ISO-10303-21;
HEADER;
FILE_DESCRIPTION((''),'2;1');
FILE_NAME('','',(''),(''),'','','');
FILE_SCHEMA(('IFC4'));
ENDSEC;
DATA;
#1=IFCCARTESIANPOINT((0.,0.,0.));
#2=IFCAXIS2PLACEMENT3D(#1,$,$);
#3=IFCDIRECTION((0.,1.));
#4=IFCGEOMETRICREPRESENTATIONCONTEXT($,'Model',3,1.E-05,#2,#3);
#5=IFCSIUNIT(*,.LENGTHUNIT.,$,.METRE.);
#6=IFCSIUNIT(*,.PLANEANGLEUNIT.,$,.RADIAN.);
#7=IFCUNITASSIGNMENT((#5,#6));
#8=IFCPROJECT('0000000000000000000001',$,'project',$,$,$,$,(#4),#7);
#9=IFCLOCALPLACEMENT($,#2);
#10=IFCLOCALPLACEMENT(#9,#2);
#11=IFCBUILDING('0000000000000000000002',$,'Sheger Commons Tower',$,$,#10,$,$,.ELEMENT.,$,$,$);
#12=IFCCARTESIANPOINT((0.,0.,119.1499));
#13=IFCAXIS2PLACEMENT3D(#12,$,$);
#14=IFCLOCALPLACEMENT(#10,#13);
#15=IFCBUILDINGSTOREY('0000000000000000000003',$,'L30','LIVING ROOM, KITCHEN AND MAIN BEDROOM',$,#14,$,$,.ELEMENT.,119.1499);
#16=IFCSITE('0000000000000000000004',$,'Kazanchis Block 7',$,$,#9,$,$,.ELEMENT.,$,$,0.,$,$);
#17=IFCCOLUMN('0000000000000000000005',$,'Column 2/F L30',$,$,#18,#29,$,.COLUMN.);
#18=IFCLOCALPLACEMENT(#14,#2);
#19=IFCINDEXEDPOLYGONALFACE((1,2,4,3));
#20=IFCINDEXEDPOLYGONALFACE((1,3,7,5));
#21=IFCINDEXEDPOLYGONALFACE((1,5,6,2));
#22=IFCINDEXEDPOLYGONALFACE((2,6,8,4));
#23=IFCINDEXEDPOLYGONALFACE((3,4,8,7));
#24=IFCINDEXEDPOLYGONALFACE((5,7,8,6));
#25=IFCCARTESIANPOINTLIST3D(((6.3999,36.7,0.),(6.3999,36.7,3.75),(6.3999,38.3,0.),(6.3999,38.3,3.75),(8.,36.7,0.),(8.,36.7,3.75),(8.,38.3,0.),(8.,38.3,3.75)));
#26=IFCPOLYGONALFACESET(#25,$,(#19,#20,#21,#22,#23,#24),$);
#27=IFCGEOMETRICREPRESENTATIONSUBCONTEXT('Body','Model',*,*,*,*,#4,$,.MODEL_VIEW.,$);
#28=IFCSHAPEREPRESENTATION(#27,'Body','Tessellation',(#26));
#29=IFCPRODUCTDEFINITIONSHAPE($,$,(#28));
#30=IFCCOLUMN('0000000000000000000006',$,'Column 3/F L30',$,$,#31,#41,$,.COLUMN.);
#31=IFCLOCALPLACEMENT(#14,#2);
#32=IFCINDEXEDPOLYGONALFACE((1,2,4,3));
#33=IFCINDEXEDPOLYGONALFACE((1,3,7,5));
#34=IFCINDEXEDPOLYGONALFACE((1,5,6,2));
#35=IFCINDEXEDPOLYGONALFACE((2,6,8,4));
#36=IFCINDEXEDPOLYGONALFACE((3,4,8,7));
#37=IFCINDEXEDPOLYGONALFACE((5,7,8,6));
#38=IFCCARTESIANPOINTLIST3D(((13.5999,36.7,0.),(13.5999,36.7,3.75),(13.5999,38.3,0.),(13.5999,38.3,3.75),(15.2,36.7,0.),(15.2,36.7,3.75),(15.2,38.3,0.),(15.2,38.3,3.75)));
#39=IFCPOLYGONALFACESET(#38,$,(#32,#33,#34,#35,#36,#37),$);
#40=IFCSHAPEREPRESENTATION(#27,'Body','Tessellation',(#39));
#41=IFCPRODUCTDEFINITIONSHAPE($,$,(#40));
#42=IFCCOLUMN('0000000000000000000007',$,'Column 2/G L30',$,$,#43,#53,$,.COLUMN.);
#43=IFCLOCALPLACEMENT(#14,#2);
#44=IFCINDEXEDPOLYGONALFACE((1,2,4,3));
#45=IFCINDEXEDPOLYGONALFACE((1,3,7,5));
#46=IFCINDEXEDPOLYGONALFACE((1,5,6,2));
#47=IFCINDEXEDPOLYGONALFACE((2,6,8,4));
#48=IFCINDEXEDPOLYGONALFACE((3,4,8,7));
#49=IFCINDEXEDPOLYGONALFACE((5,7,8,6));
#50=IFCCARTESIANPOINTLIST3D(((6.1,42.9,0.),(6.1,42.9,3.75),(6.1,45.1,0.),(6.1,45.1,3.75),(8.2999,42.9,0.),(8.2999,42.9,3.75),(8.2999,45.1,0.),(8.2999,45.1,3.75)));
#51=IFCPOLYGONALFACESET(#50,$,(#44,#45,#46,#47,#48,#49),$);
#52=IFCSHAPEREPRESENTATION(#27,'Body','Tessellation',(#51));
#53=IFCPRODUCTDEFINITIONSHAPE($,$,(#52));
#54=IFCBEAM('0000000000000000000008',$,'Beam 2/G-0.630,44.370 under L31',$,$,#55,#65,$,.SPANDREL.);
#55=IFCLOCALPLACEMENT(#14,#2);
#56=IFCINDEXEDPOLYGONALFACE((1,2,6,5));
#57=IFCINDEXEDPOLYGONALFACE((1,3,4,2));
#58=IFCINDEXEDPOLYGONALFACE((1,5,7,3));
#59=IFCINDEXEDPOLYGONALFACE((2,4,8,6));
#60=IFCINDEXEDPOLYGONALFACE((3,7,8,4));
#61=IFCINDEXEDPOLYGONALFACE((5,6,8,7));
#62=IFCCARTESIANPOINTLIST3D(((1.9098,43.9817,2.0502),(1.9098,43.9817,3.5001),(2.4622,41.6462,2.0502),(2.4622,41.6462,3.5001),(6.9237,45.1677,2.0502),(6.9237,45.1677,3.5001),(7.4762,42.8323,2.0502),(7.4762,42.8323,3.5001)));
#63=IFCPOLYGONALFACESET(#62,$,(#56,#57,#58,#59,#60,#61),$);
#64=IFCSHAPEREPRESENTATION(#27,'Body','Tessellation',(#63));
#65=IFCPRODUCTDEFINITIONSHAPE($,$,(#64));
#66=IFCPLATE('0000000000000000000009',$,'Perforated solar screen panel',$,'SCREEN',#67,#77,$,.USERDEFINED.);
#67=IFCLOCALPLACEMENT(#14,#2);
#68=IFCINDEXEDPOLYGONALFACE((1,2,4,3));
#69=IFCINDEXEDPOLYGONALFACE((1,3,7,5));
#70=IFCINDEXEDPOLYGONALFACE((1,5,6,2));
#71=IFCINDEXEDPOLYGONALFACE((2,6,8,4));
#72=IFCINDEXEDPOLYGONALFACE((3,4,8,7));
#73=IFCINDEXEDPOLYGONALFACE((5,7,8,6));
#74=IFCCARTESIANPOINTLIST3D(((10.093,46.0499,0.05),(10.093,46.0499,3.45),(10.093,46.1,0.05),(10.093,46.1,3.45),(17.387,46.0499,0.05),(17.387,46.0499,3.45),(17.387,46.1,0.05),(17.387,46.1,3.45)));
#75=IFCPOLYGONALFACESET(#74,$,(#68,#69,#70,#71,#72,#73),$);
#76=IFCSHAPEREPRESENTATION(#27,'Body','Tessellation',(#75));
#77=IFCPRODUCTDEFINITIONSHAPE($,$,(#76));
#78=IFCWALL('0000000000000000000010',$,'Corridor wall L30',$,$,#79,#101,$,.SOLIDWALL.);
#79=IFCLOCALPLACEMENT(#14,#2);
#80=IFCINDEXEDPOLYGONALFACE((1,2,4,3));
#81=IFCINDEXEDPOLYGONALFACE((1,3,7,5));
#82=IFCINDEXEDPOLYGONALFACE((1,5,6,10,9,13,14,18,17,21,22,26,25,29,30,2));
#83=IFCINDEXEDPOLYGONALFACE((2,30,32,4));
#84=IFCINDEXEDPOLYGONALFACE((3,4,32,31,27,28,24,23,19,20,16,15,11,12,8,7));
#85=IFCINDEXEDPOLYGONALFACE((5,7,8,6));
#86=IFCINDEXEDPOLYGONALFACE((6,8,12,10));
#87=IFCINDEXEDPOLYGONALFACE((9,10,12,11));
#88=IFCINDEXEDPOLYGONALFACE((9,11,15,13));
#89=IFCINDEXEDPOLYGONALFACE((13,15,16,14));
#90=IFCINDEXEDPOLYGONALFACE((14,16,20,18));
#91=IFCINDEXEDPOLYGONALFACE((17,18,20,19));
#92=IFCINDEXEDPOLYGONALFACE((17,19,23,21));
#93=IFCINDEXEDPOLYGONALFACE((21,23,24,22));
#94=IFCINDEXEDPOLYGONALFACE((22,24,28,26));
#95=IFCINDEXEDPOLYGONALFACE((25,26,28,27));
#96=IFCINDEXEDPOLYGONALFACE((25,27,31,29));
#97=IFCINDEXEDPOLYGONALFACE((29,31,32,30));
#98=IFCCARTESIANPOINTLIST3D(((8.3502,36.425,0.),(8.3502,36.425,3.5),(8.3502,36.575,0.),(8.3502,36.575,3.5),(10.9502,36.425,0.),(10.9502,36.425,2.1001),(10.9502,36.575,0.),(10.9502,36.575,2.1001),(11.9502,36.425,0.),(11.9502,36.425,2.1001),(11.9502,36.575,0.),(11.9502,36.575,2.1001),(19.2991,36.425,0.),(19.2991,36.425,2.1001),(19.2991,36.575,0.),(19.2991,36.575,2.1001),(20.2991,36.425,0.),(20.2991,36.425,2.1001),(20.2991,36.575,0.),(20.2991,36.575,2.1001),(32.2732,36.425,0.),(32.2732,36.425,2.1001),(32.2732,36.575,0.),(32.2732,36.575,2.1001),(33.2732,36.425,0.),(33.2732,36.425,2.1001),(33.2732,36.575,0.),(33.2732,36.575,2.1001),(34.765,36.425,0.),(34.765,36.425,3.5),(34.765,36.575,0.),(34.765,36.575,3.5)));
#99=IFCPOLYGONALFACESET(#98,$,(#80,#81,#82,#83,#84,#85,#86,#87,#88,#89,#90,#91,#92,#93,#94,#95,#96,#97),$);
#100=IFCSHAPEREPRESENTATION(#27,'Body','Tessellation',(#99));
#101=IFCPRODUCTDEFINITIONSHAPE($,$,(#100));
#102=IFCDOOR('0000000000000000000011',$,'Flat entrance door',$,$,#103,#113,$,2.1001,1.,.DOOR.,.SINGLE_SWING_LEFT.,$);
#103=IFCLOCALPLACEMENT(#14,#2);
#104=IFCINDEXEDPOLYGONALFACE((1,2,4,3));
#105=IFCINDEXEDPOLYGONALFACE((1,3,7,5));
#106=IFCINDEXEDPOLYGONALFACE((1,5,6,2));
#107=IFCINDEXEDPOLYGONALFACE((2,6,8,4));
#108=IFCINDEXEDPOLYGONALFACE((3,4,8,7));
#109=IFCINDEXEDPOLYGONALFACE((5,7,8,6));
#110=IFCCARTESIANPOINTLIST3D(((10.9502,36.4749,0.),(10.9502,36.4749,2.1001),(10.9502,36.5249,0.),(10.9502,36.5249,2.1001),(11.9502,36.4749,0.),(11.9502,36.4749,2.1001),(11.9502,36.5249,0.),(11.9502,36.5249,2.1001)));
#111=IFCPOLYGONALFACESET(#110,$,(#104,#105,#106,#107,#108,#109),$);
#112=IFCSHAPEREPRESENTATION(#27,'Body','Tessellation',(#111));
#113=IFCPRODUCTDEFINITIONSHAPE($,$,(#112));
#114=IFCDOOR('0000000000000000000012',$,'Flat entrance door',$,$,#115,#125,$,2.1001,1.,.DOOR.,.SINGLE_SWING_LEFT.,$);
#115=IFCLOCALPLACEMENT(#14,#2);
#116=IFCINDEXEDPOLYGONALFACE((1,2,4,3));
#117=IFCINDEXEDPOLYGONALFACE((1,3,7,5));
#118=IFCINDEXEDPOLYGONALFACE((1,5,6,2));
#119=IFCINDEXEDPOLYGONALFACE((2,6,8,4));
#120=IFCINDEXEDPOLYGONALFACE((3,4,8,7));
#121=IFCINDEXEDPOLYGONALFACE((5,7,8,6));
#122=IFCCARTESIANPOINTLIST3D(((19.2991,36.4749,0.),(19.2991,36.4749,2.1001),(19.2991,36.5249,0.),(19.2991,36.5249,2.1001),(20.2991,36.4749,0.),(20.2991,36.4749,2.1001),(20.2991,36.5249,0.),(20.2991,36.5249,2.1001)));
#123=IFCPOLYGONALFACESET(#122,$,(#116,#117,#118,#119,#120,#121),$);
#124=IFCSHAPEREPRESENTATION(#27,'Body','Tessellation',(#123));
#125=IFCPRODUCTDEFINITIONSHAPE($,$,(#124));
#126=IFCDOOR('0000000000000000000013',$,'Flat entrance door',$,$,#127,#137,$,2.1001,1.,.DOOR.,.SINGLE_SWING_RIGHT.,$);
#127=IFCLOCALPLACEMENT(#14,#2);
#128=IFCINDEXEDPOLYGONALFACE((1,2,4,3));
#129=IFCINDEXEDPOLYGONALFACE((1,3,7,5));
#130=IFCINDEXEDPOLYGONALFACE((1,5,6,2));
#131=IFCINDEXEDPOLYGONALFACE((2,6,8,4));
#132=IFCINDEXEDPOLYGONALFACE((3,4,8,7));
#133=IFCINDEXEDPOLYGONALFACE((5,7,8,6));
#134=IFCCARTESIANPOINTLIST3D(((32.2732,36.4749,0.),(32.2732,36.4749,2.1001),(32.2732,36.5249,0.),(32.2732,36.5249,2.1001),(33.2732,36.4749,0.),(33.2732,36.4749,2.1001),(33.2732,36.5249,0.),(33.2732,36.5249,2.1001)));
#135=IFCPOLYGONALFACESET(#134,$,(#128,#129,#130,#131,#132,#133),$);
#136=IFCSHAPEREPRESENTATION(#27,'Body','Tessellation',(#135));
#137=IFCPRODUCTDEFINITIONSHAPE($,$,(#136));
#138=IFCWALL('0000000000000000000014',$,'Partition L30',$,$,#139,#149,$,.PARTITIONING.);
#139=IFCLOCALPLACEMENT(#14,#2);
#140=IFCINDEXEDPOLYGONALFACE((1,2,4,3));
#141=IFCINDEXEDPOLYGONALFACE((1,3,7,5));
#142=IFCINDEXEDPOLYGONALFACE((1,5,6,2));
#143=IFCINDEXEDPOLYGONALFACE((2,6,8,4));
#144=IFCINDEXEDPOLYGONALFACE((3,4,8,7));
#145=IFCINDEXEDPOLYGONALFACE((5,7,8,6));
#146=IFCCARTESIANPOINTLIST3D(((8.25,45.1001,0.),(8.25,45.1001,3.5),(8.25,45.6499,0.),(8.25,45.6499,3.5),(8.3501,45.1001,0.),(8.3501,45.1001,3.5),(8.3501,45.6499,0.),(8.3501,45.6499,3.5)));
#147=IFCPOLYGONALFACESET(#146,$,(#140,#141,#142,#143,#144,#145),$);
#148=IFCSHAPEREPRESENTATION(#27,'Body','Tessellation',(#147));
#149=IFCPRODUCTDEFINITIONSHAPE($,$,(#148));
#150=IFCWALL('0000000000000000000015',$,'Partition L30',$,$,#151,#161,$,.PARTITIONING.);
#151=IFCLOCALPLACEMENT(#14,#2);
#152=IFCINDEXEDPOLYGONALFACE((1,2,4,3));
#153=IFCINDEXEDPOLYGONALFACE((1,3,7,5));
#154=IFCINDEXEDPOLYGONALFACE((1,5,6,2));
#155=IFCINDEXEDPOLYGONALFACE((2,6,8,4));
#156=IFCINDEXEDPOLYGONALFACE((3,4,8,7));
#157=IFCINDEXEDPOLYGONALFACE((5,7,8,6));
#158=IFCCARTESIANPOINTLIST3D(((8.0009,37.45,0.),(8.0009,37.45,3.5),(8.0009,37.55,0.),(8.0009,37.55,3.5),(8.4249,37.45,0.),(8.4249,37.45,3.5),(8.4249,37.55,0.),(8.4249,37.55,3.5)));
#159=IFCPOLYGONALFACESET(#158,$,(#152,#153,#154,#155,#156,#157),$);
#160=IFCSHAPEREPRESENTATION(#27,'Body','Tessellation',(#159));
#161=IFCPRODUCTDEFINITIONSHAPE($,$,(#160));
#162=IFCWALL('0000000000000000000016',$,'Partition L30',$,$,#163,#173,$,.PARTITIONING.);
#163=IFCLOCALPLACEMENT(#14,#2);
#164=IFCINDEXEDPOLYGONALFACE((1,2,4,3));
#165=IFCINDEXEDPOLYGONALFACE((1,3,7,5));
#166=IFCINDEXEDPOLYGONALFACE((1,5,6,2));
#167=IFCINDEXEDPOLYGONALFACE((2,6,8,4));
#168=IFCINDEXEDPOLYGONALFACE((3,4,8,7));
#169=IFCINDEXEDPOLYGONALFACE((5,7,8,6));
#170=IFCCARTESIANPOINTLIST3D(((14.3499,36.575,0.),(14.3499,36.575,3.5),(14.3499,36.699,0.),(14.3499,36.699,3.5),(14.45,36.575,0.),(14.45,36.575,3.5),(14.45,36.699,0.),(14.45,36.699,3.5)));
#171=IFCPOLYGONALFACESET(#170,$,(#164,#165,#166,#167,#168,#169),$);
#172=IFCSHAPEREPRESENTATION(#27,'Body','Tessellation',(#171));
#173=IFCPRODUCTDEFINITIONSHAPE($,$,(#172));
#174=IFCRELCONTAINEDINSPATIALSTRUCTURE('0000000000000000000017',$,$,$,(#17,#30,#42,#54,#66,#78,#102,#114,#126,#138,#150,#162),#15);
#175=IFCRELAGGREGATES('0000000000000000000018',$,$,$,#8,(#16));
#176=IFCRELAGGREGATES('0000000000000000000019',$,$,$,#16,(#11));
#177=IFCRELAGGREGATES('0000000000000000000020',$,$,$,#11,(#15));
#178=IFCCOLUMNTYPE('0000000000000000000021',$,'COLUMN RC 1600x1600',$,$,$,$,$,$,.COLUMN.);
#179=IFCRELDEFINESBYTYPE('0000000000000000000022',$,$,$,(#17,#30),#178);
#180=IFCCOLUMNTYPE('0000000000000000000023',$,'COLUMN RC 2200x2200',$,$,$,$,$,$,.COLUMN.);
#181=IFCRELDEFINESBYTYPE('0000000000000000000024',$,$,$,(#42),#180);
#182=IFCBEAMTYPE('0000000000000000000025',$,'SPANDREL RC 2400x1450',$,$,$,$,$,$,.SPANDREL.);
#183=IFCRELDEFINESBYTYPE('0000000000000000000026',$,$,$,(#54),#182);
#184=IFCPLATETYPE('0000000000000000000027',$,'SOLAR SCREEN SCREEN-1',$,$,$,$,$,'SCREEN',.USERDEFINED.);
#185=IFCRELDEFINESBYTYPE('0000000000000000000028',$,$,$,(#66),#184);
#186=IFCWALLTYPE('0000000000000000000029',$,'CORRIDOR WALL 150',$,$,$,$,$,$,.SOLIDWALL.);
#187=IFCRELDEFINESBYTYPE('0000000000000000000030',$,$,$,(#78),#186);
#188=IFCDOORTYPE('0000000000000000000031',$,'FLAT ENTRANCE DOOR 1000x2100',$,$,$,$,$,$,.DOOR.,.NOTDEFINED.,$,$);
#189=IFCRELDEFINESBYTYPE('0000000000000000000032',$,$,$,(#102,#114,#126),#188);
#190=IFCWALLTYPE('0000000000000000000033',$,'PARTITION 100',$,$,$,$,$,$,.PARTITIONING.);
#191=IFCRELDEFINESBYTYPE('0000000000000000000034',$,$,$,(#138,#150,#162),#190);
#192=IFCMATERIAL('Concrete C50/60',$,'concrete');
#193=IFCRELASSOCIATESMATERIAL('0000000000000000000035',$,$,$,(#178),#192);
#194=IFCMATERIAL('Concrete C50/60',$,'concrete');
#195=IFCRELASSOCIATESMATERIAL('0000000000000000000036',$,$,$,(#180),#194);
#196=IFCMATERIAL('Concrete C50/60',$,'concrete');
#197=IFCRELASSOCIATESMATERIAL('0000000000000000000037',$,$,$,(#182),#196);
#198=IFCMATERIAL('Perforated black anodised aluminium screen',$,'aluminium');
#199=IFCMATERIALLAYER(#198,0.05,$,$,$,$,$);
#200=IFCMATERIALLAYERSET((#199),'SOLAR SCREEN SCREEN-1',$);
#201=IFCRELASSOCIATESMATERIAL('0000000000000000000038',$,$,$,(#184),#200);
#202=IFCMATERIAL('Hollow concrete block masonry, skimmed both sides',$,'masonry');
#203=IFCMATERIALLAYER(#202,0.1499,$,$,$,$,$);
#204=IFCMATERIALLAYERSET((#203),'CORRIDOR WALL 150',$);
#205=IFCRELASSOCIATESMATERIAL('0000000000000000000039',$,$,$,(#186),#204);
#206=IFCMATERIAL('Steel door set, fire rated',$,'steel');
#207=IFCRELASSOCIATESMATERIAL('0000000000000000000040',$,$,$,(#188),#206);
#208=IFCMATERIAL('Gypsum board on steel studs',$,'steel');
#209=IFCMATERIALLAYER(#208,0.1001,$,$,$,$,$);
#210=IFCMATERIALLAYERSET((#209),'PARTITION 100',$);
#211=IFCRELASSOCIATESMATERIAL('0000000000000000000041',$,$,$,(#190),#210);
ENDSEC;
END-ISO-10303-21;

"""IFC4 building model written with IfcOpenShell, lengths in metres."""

from ifc_helpers import new_model, si_unit, direction, frame, frame_2d, origin, origin_2d, place, context, subcontext, project, spatial, rectangle, extrude, material, layer, layer_set, material_profile, profile_set, type_object, element, fill, save


model = new_model("IFC4")

# Units and contexts
model_context = context("Model", 3, precision=1e-05, world=origin(), true_north=direction((0.0, 1.0)))
body_context = subcontext(model_context, "Body", "Model", "MODEL_VIEW")
ifc_project = project(units=[si_unit("LENGTHUNIT", "METRE"), si_unit("PLANEANGLEUNIT", "RADIAN")], contexts=[model_context])

# Site, building, storey
site_placement = place(None, origin())
site = spatial("IfcSite", under=ifc_project, at=site_placement, Name="Kazanchis Block 7", CompositionType="ELEMENT", RefElevation=0.0)
building_placement = place(site_placement, origin())
building = spatial("IfcBuilding", under=site, at=building_placement, Name="Sheger Commons Tower", CompositionType="ELEMENT")
storey_placement = place(building_placement, frame((0.0, 0.0, 119.1499)))
storey = spatial("IfcBuildingStorey", under=building, at=storey_placement, Name="L30", Description="LIVING ROOM, KITCHEN AND MAIN BEDROOM", CompositionType="ELEMENT", Elevation=119.1499)

# Columns
ifc_material_1 = material(Name="Concrete C50/60", Category="concrete")
ifc_material_profile_1 = material_profile(ifc_material_1, rectangle(XDim=1.6001, YDim=1.6001, at=origin_2d()), Name="RC 1600x1600")
ifc_profile_set_1 = profile_set([ifc_material_profile_1], Name="Concrete C50/60")
column_type_1 = type_object("IfcColumnType", Name="COLUMN RC 1600x1600", PredefinedType="COLUMN", material=ifc_profile_set_1)
for number, where, z_axis, x_axis, name in (
    (1, (7.2, 37.5, 0.0), (0.0, 0.0, 1.0), (1.0, 0.0, 0.0), "Column 2/F L30"),
    (2, (14.3999, 37.5, 0.0), (0.0, 0.0, 1.0), (1.0, 0.0, 0.0), "Column 3/F L30"),
):
    element("IfcColumn", number, at=place(storey_placement, frame(where, z_axis=z_axis, x_axis=x_axis)), inside=storey, type_object=column_type_1, Name=name, PredefinedType="COLUMN", context=body_context, shape_type="SweptSolid", body=[
        extrude(rectangle(XDim=1.6001, YDim=1.6001, at=origin_2d()), origin(), (0.0, 0.0, 1.0), 3.75),
    ])
ifc_material_2 = material(Name="Concrete C50/60", Category="concrete")
ifc_material_profile_2 = material_profile(ifc_material_2, rectangle(XDim=2.2, YDim=2.2, at=origin_2d()), Name="RC 2200x2200")
ifc_profile_set_2 = profile_set([ifc_material_profile_2], Name="Concrete C50/60")
column_type_2 = type_object("IfcColumnType", Name="COLUMN RC 2200x2200", PredefinedType="COLUMN", material=ifc_profile_set_2)
column_placement = place(storey_placement, frame((7.2, 44.0, 0.0), z_axis=(0.0, 0.0, 1.0), x_axis=(1.0, 0.0, 0.0)))
element("IfcColumn", 3, at=column_placement, inside=storey, type_object=column_type_2, Name="Column 2/G L30", PredefinedType="COLUMN", context=body_context, shape_type="SweptSolid", body=[
    extrude(rectangle(XDim=2.2, YDim=2.2, at=origin_2d()), origin(), (0.0, 0.0, 1.0), 3.75),
])

# Beam
ifc_material_3 = material(Name="Concrete C50/60", Category="concrete")
ifc_material_profile_3 = material_profile(ifc_material_3, rectangle(XDim=2.3999, YDim=1.45, at=origin_2d()), Name="RC 2400x1450")
ifc_profile_set_3 = profile_set([ifc_material_profile_3], Name="Concrete C50/60")
beam_type = type_object("IfcBeamType", Name="SPANDREL RC 2400x1450", PredefinedType="SPANDREL", material=ifc_profile_set_3)
beam_placement = place(storey_placement, frame((7.2, 44.0, 2.7751), z_axis=(-0.973144, -0.230196, 0.0), x_axis=(0.230196, -0.973144, 0.0)))
element("IfcBeam", 4, at=beam_placement, inside=storey, type_object=beam_type, Name="Beam 2/G-0.630,44.370 under L31", PredefinedType="SPANDREL", context=body_context, shape_type="SweptSolid", body=[
    extrude(rectangle(XDim=2.3999, YDim=1.45, at=origin_2d()), origin(), (0.0, 0.0, 1.0), 5.1523),
])

# Plate
ifc_material_4 = material(Name="Perforated black anodised aluminium screen", Category="aluminium")
ifc_layer_1 = layer(ifc_material_4, 0.05)
ifc_layer_set_1 = layer_set([ifc_layer_1], Name="SOLAR SCREEN SCREEN-1")
plate_type = type_object("IfcPlateType", Name="SOLAR SCREEN SCREEN-1", ElementType="SCREEN", PredefinedType="USERDEFINED", material=ifc_layer_set_1)
plate_placement = place(storey_placement, frame((13.74, 46.075, 0.05), z_axis=(0.0, 0.0, 1.0), x_axis=(-1.0, 0.0, 0.0)))
element("IfcPlate", 5, at=plate_placement, inside=storey, type_object=plate_type, Name="Perforated solar screen panel", ObjectType="SCREEN", PredefinedType="USERDEFINED", context=body_context, shape_type="SweptSolid", body=[
    extrude(rectangle(XDim=7.2939, YDim=0.05, at=origin_2d()), origin(), (0.0, 0.0, 1.0), 3.3999),
])

# Wall, openings, doors
ifc_material_5 = material(Name="Hollow concrete block masonry, skimmed both sides", Category="masonry")
ifc_layer_2 = layer(ifc_material_5, 0.1499)
ifc_layer_set_2 = layer_set([ifc_layer_2], Name="CORRIDOR WALL 150")
wall_type_1 = type_object("IfcWallType", Name="CORRIDOR WALL 150", PredefinedType="SOLIDWALL", material=ifc_layer_set_2)
wall_1_placement = place(storey_placement, frame((8.3501, 36.5, 0.0), z_axis=(0.0, 0.0, 1.0), x_axis=(1.0, 0.0, 0.0)))
wall_1 = element("IfcWall", 6, at=wall_1_placement, inside=storey, type_object=wall_type_1, Name="Corridor wall L30", PredefinedType="SOLIDWALL", context=body_context, shape_type="SweptSolid", body=[
    extrude(rectangle(XDim=26.4148, YDim=0.1499, at=frame_2d((13.2075, 0.0))), origin(), (0.0, 0.0, 1.0), 3.5),
])
opening_1_placement = place(wall_1_placement, frame((2.6001, 0.0, 0.0)))
opening_1 = element("IfcOpeningElement", 7, at=opening_1_placement, cuts=wall_1, PredefinedType="OPENING", context=body_context, shape_type="SweptSolid", body=[
    extrude(rectangle(XDim=1.0, YDim=2.1001, at=frame_2d((0.5, 1.05))), frame((0.0, 0.085, 0.0), z_axis=(0.0, -1.0, 0.0), x_axis=(1.0, 0.0, 0.0)), (0.0, 0.0, 1.0), 0.1699),
])
opening_2_placement = place(wall_1_placement, frame((10.949, 0.0, 0.0)))
opening_2 = element("IfcOpeningElement", 8, at=opening_2_placement, cuts=wall_1, PredefinedType="OPENING", context=body_context, shape_type="SweptSolid", body=[
    extrude(rectangle(XDim=1.0, YDim=2.1001, at=frame_2d((0.5, 1.05))), frame((0.0, 0.085, 0.0), z_axis=(0.0, -1.0, 0.0), x_axis=(1.0, 0.0, 0.0)), (0.0, 0.0, 1.0), 0.1699),
])
opening_3_placement = place(wall_1_placement, frame((23.9231, 0.0, 0.0)))
opening_3 = element("IfcOpeningElement", 9, at=opening_3_placement, cuts=wall_1, PredefinedType="OPENING", context=body_context, shape_type="SweptSolid", body=[
    extrude(rectangle(XDim=1.0, YDim=2.1001, at=frame_2d((0.5, 1.05))), frame((0.0, 0.085, 0.0), z_axis=(0.0, -1.0, 0.0), x_axis=(1.0, 0.0, 0.0)), (0.0, 0.0, 1.0), 0.1699),
])
ifc_material_6 = material(Name="Steel door set, fire rated", Category="steel")
door_type_1 = type_object("IfcDoorType", Name="FLAT ENTRANCE DOOR 1000x2100", OperationType="NOTDEFINED", PredefinedType="DOOR", material=ifc_material_6)
door_1_placement = place(opening_1_placement, origin())
door_1 = element("IfcDoor", 10, at=door_1_placement, inside=storey, type_object=door_type_1, Name="Flat entrance door", OperationType="SINGLE_SWING_LEFT", OverallHeight=2.1001, OverallWidth=1.0, PredefinedType="DOOR", context=body_context, shape_type="SweptSolid", body=[
    extrude(rectangle(XDim=1.0, YDim=2.1001, at=frame_2d((0.5, 1.05))), frame((0.0, 0.0249, 0.0), z_axis=(0.0, -1.0, 0.0), x_axis=(1.0, 0.0, 0.0)), (0.0, 0.0, 1.0), 0.05),
])
fill(opening_1, door_1)
door_2_placement = place(opening_2_placement, origin())
door_2 = element("IfcDoor", 11, at=door_2_placement, inside=storey, type_object=door_type_1, Name="Flat entrance door", OperationType="SINGLE_SWING_LEFT", OverallHeight=2.1001, OverallWidth=1.0, PredefinedType="DOOR", context=body_context, shape_type="SweptSolid", body=[
    extrude(rectangle(XDim=1.0, YDim=2.1001, at=frame_2d((0.5, 1.05))), frame((0.0, 0.0249, 0.0), z_axis=(0.0, -1.0, 0.0), x_axis=(1.0, 0.0, 0.0)), (0.0, 0.0, 1.0), 0.05),
])
fill(opening_2, door_2)
door_3_placement = place(opening_3_placement, origin())
door_3 = element("IfcDoor", 12, at=door_3_placement, inside=storey, type_object=door_type_1, Name="Flat entrance door", OperationType="SINGLE_SWING_RIGHT", OverallHeight=2.1001, OverallWidth=1.0, PredefinedType="DOOR", context=body_context, shape_type="SweptSolid", body=[
    extrude(rectangle(XDim=1.0, YDim=2.1001, at=frame_2d((0.5, 1.05))), frame((0.0, 0.0249, 0.0), z_axis=(0.0, -1.0, 0.0), x_axis=(1.0, 0.0, 0.0)), (0.0, 0.0, 1.0), 0.05),
])
fill(opening_3, door_3)

# Walls
ifc_material_7 = material(Name="Gypsum board on steel studs", Category="steel")
ifc_layer_3 = layer(ifc_material_7, 0.1001)
ifc_layer_set_3 = layer_set([ifc_layer_3], Name="PARTITION 100")
wall_type_2 = type_object("IfcWallType", Name="PARTITION 100", PredefinedType="PARTITIONING", material=ifc_layer_set_3)
wall_2_placement = place(storey_placement, frame((8.3, 45.6499, 0.0), z_axis=(0.0, 0.0, 1.0), x_axis=(0.0, -1.0, 0.0)))
element("IfcWall", 13, at=wall_2_placement, inside=storey, type_object=wall_type_2, Name="Partition L30", PredefinedType="PARTITIONING", context=body_context, shape_type="SweptSolid", body=[
    extrude(rectangle(XDim=0.5498, YDim=0.1001, at=frame_2d((0.2749, 0.0))), origin(), (0.0, 0.0, 1.0), 3.5),
])
wall_3_placement = place(storey_placement, frame((8.001, 37.5, 0.0), z_axis=(0.0, 0.0, 1.0), x_axis=(1.0, 0.0, 0.0)))
element("IfcWall", 14, at=wall_3_placement, inside=storey, type_object=wall_type_2, Name="Partition L30", PredefinedType="PARTITIONING", context=body_context, shape_type="SweptSolid", body=[
    extrude(rectangle(XDim=0.4241, YDim=0.1001, at=frame_2d((0.2119, 0.0))), origin(), (0.0, 0.0, 1.0), 3.5),
])
wall_4_placement = place(storey_placement, frame((14.3999, 36.575, 0.0), z_axis=(0.0, 0.0, 1.0), x_axis=(0.0, 1.0, 0.0)))
element("IfcWall", 15, at=wall_4_placement, inside=storey, type_object=wall_type_2, Name="Partition L30", PredefinedType="PARTITIONING", context=body_context, shape_type="SweptSolid", body=[
    extrude(rectangle(XDim=0.124, YDim=0.1001, at=frame_2d((0.062, 0.0))), origin(), (0.0, 0.0, 1.0), 3.5),
])

save(model, "model.ifc")
